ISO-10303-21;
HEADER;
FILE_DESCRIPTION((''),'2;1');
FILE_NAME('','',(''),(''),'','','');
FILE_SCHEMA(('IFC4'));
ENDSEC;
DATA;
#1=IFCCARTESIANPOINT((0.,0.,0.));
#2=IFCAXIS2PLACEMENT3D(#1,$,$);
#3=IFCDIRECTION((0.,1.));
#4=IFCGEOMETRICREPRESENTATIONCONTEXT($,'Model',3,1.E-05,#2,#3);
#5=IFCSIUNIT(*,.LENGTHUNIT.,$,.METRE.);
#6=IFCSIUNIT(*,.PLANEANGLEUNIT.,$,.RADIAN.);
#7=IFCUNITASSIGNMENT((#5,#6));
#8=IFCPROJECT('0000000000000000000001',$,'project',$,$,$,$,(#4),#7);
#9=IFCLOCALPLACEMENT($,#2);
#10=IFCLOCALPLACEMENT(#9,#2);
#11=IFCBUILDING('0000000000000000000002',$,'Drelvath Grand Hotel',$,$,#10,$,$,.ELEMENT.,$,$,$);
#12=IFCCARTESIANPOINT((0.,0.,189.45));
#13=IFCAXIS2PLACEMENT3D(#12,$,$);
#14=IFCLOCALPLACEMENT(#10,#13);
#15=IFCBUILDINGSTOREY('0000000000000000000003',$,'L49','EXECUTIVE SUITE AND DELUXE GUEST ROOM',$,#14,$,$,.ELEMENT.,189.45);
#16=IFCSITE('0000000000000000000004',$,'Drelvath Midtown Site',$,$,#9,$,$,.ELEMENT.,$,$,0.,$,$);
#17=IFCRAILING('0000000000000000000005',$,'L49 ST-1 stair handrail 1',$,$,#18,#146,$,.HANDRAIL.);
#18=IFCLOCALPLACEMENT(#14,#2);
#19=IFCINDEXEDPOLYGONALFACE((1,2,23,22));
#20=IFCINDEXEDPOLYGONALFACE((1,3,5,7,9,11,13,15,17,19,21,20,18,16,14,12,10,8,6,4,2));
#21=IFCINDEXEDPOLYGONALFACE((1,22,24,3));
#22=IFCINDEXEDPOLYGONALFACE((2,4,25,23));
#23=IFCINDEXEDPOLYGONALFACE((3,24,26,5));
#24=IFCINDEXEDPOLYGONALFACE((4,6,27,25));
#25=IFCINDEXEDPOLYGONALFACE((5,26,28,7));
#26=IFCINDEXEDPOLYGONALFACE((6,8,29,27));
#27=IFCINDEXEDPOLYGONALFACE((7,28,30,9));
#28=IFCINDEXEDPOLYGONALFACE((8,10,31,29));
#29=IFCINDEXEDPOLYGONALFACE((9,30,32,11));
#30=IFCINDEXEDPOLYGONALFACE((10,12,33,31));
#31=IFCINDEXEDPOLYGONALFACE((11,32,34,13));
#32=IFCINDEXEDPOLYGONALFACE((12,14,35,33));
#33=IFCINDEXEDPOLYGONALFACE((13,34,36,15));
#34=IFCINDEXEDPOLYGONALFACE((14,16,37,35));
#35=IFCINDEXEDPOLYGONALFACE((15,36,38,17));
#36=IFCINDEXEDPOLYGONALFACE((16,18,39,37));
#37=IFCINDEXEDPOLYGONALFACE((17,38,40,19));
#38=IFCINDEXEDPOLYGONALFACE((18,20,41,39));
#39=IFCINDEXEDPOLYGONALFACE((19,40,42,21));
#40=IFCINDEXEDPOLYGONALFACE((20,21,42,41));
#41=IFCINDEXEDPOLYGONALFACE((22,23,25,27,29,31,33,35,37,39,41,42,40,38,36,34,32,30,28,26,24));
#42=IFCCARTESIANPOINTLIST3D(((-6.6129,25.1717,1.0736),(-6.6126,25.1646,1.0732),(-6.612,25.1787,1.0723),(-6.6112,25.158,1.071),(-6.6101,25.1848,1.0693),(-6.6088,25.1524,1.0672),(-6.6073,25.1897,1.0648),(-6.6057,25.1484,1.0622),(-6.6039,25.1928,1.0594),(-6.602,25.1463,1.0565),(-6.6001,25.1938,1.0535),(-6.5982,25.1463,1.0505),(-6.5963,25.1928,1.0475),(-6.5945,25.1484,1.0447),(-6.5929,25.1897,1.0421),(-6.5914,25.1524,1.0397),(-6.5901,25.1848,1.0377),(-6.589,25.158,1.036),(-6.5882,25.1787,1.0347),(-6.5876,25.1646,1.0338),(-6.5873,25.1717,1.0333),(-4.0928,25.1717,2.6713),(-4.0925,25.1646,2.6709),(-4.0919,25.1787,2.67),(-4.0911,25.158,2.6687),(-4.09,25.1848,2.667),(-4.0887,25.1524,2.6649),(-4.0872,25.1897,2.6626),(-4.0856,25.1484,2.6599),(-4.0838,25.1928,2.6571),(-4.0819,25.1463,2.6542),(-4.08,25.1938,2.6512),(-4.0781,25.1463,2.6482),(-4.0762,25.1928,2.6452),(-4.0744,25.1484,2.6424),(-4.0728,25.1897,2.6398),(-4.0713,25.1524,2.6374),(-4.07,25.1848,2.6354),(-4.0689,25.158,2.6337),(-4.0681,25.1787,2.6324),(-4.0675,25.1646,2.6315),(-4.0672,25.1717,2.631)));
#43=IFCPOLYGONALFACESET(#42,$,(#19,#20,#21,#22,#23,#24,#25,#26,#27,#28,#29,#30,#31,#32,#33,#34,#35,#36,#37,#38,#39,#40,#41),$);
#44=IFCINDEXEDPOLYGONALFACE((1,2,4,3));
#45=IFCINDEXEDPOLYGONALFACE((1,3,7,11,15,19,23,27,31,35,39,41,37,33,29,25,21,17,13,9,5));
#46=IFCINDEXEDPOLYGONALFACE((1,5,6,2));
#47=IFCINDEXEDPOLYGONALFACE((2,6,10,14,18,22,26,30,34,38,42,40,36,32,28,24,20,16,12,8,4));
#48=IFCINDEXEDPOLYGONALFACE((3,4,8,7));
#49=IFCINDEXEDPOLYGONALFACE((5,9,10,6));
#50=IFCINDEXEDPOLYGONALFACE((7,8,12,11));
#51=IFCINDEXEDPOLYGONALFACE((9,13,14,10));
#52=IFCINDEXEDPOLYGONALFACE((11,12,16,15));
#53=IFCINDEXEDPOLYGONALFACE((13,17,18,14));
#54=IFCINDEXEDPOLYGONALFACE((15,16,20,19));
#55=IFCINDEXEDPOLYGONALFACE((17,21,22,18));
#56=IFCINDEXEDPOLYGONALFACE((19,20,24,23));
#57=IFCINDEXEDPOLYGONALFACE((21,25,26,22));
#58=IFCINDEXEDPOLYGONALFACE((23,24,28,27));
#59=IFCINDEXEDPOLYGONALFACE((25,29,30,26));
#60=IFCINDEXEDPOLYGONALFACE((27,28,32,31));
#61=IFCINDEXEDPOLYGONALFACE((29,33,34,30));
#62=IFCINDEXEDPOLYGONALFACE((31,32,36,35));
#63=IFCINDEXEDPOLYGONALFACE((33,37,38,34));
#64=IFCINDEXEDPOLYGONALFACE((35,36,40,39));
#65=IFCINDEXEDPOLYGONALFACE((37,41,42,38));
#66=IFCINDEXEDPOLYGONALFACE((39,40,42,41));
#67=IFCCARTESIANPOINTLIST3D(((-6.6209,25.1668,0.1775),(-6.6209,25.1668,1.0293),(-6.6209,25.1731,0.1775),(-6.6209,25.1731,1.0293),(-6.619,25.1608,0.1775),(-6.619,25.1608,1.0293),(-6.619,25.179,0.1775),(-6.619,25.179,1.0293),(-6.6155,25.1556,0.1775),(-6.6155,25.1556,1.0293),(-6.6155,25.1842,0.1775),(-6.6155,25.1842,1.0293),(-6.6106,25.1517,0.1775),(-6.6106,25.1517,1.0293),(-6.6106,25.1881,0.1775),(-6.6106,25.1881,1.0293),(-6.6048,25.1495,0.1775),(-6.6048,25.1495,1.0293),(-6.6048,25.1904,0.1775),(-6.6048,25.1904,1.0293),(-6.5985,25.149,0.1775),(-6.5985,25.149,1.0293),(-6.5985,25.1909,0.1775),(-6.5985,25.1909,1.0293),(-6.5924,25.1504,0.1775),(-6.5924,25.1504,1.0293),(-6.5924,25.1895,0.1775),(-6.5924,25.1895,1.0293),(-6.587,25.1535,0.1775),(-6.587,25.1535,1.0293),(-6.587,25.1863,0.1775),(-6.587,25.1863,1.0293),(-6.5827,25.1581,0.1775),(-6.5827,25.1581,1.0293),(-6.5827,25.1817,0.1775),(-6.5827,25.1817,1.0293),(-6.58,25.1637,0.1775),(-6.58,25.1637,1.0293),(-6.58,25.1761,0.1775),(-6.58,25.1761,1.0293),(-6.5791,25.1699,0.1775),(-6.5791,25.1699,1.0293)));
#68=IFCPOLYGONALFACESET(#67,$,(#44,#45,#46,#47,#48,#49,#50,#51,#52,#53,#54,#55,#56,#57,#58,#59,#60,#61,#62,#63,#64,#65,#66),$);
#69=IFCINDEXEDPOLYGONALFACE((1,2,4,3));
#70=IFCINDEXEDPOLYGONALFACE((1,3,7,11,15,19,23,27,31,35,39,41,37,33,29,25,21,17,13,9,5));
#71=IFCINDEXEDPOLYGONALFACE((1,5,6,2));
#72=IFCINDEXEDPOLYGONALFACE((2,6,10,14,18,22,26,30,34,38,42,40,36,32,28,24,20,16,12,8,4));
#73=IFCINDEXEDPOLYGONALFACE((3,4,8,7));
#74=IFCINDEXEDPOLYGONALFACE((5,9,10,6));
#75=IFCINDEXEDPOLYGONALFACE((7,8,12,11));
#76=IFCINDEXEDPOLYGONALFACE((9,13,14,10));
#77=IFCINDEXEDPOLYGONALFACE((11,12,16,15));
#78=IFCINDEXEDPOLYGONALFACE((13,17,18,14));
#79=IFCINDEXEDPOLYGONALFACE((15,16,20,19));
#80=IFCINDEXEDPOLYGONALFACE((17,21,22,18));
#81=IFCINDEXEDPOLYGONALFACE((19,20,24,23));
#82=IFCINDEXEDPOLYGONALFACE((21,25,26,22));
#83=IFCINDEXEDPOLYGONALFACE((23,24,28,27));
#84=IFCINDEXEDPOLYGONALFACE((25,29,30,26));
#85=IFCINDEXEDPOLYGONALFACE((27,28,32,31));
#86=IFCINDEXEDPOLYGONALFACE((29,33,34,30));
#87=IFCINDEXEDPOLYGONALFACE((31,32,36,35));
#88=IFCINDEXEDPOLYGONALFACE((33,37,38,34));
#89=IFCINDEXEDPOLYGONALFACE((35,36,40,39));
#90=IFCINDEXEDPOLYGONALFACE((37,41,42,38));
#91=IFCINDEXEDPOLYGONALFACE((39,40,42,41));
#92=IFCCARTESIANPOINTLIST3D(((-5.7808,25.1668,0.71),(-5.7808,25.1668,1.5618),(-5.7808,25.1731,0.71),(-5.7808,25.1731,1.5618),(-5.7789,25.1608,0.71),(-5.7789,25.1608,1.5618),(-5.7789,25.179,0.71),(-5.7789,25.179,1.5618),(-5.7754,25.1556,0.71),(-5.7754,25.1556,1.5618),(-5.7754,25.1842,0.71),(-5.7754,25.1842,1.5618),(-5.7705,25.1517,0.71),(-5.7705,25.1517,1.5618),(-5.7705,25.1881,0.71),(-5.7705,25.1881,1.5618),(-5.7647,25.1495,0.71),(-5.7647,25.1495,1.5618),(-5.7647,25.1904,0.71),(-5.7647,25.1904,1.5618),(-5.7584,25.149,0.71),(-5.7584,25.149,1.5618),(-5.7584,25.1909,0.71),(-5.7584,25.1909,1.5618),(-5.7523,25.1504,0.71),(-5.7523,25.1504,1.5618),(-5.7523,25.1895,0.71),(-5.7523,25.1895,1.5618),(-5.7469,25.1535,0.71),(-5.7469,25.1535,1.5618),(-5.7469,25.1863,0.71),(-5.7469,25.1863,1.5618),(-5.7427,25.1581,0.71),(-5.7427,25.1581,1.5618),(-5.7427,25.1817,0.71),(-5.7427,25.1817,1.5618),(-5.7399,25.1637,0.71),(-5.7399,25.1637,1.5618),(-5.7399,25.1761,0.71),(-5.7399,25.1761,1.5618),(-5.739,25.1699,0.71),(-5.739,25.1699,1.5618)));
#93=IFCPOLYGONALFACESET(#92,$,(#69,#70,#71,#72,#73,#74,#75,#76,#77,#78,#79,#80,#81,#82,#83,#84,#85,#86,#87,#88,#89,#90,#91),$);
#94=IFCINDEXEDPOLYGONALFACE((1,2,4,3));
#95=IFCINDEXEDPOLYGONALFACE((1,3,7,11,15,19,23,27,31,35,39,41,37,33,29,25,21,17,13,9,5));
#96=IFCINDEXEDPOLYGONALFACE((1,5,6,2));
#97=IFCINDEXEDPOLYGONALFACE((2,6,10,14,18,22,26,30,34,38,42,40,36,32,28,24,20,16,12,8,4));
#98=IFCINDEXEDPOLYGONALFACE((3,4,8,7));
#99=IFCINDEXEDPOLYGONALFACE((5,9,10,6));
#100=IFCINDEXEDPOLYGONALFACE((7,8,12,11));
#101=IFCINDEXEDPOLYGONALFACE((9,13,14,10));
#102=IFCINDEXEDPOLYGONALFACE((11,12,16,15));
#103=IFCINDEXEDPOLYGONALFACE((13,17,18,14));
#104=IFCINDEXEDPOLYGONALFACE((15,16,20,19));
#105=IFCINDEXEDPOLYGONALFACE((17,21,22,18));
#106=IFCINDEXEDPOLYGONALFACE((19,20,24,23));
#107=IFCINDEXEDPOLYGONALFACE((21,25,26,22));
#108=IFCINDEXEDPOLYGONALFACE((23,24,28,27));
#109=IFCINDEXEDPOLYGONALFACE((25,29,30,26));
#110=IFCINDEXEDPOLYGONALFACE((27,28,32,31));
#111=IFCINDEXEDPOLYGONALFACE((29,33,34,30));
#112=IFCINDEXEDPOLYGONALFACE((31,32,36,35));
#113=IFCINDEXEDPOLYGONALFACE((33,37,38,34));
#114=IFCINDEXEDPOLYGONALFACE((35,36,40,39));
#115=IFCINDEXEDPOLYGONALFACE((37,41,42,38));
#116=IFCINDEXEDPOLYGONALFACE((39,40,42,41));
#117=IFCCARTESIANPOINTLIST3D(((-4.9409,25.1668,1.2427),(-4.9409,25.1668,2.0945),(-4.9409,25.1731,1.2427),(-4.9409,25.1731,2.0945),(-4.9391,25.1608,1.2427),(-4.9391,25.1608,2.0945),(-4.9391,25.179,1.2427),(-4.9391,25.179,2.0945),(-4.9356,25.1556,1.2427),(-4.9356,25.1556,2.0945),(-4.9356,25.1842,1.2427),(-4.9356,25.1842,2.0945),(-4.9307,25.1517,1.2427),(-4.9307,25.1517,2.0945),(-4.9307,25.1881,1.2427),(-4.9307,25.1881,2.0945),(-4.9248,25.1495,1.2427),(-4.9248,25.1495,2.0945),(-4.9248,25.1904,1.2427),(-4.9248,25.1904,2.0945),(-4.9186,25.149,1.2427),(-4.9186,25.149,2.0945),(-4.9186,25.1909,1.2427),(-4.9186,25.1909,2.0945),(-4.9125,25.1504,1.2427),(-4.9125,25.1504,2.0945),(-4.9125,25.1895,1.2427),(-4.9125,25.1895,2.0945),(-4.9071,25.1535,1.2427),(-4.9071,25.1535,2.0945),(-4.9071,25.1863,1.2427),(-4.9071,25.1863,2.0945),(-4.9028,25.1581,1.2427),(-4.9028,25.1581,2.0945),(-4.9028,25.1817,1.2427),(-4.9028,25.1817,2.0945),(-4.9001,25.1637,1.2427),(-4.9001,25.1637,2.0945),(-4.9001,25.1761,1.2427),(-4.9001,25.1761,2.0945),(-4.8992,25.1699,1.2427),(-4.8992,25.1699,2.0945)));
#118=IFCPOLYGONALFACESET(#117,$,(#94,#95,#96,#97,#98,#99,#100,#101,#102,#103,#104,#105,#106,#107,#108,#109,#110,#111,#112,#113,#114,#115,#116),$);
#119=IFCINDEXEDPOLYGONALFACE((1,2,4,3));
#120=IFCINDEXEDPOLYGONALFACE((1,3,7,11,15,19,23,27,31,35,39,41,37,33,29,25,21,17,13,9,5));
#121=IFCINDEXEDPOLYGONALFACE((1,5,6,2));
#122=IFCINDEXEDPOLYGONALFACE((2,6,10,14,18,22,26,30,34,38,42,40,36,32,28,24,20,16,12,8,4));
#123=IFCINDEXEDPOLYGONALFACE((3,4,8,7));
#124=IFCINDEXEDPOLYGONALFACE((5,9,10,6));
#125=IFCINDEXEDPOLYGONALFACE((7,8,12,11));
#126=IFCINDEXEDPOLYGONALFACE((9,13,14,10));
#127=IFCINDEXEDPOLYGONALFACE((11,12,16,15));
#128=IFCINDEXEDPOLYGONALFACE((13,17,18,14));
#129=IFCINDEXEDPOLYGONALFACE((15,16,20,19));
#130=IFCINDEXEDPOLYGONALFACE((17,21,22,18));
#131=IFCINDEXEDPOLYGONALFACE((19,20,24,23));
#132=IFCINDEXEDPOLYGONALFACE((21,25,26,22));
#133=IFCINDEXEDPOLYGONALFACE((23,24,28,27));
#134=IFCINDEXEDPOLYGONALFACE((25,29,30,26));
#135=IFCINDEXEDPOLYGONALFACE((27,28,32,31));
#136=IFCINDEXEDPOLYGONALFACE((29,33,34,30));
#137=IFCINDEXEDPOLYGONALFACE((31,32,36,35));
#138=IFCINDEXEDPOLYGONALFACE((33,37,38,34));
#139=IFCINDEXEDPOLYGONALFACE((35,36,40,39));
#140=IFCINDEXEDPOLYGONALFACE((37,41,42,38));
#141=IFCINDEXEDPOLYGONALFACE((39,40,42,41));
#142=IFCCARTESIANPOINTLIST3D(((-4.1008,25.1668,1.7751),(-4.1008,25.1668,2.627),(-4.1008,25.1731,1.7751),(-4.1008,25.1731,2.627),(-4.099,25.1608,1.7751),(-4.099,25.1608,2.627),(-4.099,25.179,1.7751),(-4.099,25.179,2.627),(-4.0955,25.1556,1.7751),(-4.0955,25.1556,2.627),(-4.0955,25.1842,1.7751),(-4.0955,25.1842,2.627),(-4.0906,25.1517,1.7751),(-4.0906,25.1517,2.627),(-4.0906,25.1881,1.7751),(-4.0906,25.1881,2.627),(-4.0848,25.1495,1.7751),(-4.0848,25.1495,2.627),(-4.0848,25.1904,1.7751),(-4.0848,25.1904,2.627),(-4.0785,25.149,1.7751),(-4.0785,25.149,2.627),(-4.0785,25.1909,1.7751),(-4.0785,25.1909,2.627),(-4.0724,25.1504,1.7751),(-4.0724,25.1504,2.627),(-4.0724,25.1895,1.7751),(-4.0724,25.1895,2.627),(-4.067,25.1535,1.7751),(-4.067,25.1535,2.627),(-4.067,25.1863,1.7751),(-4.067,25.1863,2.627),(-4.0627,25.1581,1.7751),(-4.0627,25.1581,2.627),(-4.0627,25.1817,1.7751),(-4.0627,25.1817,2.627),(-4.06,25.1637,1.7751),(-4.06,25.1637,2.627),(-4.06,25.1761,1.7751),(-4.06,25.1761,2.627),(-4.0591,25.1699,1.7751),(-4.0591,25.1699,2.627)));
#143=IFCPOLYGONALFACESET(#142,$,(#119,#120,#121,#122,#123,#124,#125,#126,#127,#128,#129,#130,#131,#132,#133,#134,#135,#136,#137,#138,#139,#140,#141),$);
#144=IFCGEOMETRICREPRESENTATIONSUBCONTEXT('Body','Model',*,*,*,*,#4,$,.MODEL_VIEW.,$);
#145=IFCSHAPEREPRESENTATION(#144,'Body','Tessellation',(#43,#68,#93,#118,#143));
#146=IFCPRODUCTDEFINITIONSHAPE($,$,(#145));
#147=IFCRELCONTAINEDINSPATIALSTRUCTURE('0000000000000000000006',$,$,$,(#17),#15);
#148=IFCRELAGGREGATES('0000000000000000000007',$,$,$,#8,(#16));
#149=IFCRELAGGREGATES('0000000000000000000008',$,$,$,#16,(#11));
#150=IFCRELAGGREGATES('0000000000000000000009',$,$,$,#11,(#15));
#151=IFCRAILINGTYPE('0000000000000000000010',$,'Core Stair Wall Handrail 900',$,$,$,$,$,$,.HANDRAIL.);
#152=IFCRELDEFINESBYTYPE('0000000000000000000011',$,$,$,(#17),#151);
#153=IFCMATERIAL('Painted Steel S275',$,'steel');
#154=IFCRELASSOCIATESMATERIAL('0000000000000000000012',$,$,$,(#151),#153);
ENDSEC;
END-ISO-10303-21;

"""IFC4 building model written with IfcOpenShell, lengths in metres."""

from ifc_helpers import new_model, si_unit, direction, frame, origin, origin_2d, place, context, subcontext, project, spatial, circle, extrude, material, type_object, element, save


model = new_model("IFC4")

# Units and contexts
model_context = context("Model", 3, precision=1e-05, world=origin(), true_north=direction((0.0, 1.0)))
body_context = subcontext(model_context, "Body", "Model", "MODEL_VIEW")
ifc_project = project(units=[si_unit("LENGTHUNIT", "METRE"), si_unit("PLANEANGLEUNIT", "RADIAN")], contexts=[model_context])

# Site, building, storey
site_placement = place(None, origin())
site = spatial("IfcSite", under=ifc_project, at=site_placement, Name="Drelvath Midtown Site", CompositionType="ELEMENT", RefElevation=0.0)
building_placement = place(site_placement, origin())
building = spatial("IfcBuilding", under=site, at=building_placement, Name="Drelvath Grand Hotel", CompositionType="ELEMENT")
storey_placement = place(building_placement, frame((0.0, 0.0, 189.45)))
storey = spatial("IfcBuildingStorey", under=building, at=storey_placement, Name="L49", Description="EXECUTIVE SUITE AND DELUXE GUEST ROOM", CompositionType="ELEMENT", Elevation=189.45)

# Shared definitions
ifc_material_1 = material(Name="Painted Steel S275", Category="steel")

# Railing
railing_type_1 = type_object("IfcRailingType", Name="Core Stair Wall Handrail 900", PredefinedType="HANDRAIL", material=ifc_material_1)
railing_1_placement = place(storey_placement, frame((-6.6001, 25.1699, 0.1775)))
element("IfcRailing", 1, at=railing_1_placement, inside=storey, type_object=railing_type_1, Name="L49 ST-1 stair handrail 1", PredefinedType="HANDRAIL", context=body_context, shape_type="SweptSolid", body=[
    extrude(circle(Radius=0.0239, at=origin_2d()), frame((0.0, 0.0, 0.876), z_axis=(0.84457, 0.0, 0.535445), x_axis=(0.0, 1.0, 0.0)), (0.0, 0.0, 1.0), 2.9839),
    extrude(circle(Radius=0.021, at=origin_2d()), origin(), (0.0, 0.0, 1.0), 0.8518),
    extrude(circle(Radius=0.021, at=origin_2d()), frame((0.8401, 0.0, 0.5325)), (0.0, 0.0, 1.0), 0.8518),
    extrude(circle(Radius=0.021, at=origin_2d()), frame((1.6799, 0.0, 1.0652)), (0.0, 0.0, 1.0), 0.8518),
    extrude(circle(Radius=0.021, at=origin_2d()), frame((2.52, 0.0, 1.5977)), (0.0, 0.0, 1.0), 0.8518),
])

save(model, "model.ifc")
